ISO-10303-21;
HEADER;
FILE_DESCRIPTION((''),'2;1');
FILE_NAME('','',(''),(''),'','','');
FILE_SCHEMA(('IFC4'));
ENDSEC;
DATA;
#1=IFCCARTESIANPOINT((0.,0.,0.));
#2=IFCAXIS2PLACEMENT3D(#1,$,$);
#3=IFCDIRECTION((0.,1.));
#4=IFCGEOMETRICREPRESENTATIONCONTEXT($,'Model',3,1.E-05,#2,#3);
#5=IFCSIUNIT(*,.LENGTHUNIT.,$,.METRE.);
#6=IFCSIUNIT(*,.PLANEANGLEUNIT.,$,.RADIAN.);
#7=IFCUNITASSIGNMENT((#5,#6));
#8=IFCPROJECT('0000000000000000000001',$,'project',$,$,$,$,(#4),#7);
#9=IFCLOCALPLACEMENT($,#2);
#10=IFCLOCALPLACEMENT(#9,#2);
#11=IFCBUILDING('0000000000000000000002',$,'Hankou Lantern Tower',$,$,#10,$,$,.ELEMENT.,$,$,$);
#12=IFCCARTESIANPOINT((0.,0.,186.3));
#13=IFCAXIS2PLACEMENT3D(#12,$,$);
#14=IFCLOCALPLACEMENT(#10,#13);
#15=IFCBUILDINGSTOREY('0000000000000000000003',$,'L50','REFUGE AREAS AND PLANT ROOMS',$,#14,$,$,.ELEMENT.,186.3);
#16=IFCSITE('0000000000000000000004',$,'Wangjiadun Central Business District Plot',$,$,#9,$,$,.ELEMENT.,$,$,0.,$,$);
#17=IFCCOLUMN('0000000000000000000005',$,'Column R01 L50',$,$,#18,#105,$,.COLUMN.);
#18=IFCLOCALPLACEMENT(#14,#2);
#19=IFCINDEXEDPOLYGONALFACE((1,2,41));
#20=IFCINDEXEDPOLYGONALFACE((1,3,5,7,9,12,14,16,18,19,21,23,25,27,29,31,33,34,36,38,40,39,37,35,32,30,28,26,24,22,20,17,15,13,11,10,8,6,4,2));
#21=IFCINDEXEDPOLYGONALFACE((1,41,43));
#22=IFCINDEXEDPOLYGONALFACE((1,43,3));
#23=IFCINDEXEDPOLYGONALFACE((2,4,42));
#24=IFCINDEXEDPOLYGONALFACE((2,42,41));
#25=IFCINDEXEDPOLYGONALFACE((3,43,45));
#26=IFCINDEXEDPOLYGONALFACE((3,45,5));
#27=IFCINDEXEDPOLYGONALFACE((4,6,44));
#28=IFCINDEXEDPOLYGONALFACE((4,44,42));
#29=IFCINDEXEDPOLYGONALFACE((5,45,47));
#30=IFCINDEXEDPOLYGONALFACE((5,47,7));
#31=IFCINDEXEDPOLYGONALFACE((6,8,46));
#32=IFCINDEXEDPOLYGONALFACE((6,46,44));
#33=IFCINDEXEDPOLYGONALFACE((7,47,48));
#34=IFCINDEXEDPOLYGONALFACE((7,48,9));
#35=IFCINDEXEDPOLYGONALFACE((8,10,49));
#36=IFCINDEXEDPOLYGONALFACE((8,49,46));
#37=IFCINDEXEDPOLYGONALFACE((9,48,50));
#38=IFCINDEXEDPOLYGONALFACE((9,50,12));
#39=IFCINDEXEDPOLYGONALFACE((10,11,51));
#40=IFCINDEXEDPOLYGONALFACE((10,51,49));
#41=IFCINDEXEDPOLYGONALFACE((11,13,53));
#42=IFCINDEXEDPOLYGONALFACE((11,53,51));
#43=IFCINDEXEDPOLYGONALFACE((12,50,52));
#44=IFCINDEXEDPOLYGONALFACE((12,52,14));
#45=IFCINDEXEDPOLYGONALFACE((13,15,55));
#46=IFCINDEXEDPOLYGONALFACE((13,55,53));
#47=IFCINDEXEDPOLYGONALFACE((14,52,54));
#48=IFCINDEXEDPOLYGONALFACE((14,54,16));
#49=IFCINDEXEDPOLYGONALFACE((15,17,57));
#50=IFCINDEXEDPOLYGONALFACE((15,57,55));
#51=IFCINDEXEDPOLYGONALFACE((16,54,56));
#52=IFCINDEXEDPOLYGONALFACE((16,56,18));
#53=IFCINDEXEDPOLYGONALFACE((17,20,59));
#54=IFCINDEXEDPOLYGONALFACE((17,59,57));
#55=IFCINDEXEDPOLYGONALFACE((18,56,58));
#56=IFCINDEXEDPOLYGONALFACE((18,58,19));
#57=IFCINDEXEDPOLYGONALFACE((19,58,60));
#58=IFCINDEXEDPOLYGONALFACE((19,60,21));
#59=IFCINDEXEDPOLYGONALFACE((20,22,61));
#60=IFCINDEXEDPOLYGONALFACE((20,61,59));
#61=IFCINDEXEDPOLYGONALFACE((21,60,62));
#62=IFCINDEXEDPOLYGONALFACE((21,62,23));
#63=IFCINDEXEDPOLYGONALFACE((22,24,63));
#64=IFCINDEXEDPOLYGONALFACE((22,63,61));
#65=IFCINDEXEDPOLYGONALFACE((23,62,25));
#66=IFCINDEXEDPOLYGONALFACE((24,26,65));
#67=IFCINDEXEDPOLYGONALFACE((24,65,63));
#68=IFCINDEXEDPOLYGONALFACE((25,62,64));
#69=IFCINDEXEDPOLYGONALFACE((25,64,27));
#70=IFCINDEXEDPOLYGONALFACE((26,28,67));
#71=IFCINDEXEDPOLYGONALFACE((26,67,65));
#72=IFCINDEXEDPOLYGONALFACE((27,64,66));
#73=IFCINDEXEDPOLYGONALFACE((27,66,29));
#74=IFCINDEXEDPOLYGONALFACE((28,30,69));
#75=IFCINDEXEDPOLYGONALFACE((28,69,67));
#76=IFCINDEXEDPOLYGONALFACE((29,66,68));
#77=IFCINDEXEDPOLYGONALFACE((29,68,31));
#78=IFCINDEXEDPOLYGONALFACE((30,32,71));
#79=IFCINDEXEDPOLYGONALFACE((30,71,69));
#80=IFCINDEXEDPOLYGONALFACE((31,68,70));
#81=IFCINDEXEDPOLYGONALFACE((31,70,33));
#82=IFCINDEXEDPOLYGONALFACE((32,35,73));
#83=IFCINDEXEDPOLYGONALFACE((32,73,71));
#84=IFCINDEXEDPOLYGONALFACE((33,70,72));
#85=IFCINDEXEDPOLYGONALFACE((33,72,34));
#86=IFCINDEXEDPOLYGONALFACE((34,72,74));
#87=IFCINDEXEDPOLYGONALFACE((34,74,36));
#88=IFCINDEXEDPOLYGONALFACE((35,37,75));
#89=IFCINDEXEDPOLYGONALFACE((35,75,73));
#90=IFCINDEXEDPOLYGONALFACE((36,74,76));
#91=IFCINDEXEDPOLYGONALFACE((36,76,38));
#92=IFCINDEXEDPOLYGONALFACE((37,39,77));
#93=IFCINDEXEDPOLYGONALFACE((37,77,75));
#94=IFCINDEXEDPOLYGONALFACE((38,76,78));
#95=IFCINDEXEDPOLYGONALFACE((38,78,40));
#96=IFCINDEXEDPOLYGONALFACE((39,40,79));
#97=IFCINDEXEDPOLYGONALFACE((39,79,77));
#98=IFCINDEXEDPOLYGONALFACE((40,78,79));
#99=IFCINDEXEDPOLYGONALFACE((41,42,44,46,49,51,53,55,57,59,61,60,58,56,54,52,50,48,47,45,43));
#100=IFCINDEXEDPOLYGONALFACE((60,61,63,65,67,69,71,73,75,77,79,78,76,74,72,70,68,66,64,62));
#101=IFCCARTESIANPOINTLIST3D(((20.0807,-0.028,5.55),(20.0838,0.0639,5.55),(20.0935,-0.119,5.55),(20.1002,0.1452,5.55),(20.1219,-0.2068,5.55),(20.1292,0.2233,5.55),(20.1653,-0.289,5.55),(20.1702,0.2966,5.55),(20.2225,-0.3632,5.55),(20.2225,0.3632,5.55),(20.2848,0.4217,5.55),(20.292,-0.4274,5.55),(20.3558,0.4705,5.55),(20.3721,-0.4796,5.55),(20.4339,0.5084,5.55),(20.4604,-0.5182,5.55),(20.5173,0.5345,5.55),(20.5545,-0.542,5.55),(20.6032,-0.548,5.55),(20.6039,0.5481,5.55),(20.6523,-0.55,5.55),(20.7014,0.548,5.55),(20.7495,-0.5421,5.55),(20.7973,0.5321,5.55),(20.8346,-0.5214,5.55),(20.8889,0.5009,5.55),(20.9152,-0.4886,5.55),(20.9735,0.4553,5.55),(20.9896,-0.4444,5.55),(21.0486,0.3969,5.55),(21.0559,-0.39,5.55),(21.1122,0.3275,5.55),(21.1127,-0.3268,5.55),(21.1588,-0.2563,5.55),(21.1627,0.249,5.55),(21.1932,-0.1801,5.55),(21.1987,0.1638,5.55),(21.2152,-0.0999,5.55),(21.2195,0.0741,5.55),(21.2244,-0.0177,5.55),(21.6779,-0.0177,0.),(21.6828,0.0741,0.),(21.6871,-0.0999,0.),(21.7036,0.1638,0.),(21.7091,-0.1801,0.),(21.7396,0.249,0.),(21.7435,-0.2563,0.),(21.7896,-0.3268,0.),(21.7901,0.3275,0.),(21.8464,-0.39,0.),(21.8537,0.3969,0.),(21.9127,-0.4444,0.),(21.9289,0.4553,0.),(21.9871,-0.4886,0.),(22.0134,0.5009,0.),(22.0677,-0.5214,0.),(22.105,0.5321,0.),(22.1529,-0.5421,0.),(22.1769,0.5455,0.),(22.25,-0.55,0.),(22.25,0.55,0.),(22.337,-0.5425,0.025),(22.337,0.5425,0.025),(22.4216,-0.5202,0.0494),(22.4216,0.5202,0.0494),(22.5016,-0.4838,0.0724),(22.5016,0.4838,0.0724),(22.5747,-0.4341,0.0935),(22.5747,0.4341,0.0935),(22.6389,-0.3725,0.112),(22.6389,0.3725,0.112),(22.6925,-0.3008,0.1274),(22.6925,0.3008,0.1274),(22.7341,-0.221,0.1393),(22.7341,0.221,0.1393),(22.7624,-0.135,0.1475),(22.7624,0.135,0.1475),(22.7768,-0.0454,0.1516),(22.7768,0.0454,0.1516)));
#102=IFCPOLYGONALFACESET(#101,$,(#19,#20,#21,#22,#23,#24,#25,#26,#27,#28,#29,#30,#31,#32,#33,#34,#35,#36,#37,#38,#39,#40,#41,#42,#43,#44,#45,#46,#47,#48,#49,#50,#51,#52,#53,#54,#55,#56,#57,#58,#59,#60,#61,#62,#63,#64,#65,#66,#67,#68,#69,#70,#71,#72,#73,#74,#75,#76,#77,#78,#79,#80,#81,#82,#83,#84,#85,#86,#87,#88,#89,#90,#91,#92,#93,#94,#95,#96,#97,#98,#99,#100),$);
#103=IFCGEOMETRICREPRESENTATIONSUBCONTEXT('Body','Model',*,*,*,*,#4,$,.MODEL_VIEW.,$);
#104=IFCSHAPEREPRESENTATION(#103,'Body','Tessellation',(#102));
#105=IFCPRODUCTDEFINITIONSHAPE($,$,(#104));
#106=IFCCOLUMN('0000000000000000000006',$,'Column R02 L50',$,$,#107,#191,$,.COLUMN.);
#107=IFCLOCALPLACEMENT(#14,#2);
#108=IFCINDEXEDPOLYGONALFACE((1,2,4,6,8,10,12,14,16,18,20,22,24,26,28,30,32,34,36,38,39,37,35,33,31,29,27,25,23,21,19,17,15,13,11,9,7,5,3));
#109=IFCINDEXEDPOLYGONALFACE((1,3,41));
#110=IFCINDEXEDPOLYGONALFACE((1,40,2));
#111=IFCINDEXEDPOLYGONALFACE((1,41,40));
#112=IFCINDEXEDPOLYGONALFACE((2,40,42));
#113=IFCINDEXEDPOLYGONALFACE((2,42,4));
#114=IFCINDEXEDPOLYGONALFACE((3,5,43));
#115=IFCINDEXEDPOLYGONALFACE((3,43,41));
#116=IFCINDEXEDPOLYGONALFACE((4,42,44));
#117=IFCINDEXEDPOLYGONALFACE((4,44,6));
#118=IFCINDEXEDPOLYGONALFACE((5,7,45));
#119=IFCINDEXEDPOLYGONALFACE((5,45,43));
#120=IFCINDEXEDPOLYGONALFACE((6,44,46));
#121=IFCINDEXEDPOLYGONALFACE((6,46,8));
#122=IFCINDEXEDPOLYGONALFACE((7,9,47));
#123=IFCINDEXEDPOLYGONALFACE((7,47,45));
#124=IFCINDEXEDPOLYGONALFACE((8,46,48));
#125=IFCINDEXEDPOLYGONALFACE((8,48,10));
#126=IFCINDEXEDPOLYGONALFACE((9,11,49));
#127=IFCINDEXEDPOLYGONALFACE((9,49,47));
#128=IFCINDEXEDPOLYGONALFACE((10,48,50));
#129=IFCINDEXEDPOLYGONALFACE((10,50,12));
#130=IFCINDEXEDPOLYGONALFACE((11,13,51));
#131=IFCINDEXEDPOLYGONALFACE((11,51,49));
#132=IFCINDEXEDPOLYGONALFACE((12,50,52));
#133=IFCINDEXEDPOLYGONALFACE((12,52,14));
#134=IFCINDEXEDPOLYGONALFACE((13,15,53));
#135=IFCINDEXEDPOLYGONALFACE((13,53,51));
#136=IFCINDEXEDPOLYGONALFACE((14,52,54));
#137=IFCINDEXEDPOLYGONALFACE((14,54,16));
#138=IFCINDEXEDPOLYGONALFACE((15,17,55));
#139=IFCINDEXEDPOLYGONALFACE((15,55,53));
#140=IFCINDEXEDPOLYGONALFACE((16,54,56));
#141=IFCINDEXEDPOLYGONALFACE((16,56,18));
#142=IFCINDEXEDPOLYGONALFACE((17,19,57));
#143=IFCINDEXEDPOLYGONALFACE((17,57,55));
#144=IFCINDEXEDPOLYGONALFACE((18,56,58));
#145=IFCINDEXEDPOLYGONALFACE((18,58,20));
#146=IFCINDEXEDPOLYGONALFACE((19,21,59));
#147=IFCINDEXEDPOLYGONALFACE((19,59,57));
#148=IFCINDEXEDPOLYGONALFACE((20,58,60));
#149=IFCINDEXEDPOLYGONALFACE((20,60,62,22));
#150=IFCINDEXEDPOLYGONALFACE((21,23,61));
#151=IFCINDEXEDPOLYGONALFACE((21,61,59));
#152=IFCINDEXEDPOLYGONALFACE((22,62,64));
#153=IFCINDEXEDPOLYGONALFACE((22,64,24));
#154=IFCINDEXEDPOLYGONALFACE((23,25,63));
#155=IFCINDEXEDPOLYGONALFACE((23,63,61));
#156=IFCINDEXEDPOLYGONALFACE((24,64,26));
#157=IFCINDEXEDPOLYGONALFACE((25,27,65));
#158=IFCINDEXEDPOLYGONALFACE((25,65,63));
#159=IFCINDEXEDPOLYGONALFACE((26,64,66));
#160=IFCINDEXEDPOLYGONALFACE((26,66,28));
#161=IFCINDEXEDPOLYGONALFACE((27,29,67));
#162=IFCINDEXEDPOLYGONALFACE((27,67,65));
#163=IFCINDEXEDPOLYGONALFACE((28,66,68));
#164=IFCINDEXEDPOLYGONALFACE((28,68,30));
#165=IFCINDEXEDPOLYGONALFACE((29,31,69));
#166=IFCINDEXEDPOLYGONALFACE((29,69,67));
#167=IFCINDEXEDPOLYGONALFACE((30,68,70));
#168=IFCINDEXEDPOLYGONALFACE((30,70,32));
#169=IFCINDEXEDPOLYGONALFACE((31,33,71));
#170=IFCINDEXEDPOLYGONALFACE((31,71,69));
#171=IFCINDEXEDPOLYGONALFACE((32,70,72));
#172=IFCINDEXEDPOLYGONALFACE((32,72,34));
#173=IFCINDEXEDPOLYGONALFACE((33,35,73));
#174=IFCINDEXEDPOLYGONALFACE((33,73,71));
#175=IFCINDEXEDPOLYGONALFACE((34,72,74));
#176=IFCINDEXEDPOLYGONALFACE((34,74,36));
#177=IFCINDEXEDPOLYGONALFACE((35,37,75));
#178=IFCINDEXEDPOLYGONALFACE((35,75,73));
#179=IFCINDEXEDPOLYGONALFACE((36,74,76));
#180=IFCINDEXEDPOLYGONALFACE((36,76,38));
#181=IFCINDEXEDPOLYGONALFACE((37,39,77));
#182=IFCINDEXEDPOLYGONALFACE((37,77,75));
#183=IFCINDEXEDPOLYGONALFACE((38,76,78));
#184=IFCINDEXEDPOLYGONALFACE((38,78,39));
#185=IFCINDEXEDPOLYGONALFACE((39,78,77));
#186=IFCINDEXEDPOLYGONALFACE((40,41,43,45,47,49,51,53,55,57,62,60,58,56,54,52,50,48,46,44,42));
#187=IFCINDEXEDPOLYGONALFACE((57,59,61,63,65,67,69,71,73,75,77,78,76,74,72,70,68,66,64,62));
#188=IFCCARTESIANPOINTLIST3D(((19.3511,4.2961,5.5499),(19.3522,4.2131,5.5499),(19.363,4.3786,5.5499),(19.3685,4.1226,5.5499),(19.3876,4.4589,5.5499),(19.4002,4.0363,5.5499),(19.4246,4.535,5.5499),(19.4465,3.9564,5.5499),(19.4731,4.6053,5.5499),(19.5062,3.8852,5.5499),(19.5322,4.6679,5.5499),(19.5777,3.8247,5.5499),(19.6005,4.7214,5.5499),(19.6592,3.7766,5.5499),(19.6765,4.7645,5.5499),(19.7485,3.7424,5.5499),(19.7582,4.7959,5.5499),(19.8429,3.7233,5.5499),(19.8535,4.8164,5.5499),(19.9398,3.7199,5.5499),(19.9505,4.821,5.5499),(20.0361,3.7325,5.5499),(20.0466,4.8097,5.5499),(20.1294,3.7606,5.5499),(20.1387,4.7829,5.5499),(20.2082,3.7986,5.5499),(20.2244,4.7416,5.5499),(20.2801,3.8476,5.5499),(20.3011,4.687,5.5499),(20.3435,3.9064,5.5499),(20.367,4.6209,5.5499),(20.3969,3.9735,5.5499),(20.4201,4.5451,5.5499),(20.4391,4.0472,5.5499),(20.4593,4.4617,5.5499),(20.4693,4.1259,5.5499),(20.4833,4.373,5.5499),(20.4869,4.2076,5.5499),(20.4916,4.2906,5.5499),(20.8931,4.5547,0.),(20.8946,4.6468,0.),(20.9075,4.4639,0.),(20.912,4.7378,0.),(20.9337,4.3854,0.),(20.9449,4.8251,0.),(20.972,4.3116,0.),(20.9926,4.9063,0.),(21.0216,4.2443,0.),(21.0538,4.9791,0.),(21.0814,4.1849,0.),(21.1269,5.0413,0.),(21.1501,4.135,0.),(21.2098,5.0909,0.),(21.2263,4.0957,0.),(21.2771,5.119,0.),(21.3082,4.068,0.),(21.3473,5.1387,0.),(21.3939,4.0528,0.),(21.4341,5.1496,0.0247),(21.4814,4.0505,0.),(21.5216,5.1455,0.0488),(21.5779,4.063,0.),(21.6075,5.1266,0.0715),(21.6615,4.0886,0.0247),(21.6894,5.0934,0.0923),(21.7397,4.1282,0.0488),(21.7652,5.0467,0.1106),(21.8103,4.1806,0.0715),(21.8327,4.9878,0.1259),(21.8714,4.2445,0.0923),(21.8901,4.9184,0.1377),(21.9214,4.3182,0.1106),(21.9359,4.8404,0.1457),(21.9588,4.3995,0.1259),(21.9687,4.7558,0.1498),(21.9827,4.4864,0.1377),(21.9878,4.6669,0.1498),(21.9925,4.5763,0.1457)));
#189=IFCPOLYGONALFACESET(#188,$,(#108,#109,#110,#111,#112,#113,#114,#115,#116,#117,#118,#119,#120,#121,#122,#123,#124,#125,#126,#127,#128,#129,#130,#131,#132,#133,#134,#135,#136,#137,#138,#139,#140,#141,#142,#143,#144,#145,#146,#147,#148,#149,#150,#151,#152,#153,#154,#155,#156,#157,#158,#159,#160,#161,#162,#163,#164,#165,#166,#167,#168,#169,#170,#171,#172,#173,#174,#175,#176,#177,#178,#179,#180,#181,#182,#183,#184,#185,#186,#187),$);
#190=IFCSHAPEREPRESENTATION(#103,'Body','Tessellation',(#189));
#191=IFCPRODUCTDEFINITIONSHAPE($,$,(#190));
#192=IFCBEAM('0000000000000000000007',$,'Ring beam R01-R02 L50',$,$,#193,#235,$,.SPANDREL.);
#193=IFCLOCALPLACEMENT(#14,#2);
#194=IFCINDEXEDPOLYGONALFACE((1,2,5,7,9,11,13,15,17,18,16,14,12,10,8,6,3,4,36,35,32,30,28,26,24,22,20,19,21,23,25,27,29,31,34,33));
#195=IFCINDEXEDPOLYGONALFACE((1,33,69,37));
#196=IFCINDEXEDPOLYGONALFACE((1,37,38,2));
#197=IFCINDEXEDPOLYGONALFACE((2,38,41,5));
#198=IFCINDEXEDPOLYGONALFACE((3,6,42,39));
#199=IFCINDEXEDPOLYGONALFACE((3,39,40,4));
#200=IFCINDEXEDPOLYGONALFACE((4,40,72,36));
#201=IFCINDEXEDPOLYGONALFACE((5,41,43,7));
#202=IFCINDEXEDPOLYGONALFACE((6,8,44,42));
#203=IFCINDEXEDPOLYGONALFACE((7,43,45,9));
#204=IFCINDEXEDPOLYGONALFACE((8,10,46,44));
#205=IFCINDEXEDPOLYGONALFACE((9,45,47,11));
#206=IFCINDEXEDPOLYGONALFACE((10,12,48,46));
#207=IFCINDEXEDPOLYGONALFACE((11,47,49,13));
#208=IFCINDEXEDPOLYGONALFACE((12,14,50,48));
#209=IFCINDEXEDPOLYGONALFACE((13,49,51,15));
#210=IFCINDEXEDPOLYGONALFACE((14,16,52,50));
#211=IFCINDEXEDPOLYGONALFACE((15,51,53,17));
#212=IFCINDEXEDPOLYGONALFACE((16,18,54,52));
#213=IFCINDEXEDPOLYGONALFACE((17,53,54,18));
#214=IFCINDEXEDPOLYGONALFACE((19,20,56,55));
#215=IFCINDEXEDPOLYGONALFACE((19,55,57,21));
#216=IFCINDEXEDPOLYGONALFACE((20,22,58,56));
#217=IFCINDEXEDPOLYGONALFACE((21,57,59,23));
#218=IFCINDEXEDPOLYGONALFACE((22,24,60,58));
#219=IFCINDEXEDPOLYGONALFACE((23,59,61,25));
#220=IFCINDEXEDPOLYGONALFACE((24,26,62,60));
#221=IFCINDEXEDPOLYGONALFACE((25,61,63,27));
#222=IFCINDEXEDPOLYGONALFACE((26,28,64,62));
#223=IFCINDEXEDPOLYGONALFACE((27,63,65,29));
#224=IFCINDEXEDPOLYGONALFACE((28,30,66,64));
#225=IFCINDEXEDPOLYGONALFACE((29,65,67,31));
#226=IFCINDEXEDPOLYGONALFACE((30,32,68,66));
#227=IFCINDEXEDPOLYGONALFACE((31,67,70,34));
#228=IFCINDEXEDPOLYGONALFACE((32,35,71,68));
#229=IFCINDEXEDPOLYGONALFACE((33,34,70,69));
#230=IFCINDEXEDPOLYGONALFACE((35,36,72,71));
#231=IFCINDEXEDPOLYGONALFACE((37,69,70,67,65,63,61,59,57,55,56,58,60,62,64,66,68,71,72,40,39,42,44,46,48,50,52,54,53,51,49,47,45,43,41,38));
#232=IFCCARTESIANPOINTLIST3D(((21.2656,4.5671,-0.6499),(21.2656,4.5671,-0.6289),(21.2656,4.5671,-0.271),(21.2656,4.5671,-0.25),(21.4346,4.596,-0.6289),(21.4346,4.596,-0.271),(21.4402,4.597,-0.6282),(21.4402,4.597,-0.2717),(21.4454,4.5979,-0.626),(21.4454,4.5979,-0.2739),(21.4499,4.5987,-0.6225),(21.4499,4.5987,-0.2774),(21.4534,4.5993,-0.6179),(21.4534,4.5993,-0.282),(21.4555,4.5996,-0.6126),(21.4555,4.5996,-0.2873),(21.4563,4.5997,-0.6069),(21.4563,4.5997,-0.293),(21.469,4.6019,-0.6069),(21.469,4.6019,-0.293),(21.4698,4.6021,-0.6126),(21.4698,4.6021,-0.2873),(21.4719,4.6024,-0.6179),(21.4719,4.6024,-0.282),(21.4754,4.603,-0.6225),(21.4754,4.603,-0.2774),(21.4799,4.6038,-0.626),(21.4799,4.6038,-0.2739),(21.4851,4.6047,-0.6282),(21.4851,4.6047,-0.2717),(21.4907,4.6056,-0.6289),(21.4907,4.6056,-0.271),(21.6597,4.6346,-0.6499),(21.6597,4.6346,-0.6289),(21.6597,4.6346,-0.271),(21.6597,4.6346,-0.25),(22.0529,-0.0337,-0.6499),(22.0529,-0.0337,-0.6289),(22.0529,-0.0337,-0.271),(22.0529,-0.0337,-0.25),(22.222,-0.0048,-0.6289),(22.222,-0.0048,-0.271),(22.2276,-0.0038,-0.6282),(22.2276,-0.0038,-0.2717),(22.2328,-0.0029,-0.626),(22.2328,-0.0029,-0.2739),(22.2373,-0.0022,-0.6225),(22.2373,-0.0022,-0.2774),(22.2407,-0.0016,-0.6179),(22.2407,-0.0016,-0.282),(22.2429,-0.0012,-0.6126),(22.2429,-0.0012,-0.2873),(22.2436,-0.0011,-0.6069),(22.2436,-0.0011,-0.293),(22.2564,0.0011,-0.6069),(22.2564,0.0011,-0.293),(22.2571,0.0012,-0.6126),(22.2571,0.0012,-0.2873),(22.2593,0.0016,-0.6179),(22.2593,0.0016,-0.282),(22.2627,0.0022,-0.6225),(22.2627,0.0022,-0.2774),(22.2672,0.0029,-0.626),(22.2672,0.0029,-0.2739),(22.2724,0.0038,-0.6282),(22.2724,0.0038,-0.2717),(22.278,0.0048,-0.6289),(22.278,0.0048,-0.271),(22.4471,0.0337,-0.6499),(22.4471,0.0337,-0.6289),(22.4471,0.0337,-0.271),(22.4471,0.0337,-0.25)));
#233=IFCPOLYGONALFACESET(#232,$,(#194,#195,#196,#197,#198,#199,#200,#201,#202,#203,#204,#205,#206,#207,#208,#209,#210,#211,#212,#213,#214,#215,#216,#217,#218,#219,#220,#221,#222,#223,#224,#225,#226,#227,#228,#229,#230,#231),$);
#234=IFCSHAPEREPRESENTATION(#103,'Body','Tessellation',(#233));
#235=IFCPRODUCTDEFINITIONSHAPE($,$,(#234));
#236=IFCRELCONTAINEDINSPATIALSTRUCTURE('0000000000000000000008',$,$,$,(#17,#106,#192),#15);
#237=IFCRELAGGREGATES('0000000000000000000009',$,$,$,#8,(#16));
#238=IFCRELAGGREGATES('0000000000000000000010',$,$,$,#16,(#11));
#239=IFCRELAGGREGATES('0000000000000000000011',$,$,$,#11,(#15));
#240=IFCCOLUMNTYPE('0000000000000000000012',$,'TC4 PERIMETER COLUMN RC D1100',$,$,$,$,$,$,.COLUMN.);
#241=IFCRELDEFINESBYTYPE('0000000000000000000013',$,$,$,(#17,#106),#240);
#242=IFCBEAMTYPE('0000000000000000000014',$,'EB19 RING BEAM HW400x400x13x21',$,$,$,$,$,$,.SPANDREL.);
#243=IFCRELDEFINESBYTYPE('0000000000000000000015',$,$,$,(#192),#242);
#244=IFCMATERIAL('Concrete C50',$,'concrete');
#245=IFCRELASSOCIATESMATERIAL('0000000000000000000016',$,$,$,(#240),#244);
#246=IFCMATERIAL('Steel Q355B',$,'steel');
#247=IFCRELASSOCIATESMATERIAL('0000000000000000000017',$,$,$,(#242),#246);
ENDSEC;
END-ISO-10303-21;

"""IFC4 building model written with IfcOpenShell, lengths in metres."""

from ifc_helpers import new_model, si_unit, direction, frame, origin, origin_2d, place, context, subcontext, project, spatial, circle, i_section, extrude, clip, halfspace, material, material_profile, profile_set, type_object, element, save


model = new_model("IFC4")

# Units and contexts
model_context = context("Model", 3, precision=1e-05, world=origin(), true_north=direction((0.0, 1.0)))
body_context = subcontext(model_context, "Body", "Model", "MODEL_VIEW")
ifc_project = project(units=[si_unit("LENGTHUNIT", "METRE"), si_unit("PLANEANGLEUNIT", "RADIAN")], contexts=[model_context])

# Site, building, storey
site_placement = place(None, origin())
site = spatial("IfcSite", under=ifc_project, at=site_placement, Name="Wangjiadun Central Business District Plot", CompositionType="ELEMENT", RefElevation=0.0)
building_placement = place(site_placement, origin())
building = spatial("IfcBuilding", under=site, at=building_placement, Name="Hankou Lantern Tower", CompositionType="ELEMENT")
storey_placement = place(building_placement, frame((0.0, 0.0, 186.3)))
storey = spatial("IfcBuildingStorey", under=building, at=storey_placement, Name="L50", Description="REFUGE AREAS AND PLANT ROOMS", CompositionType="ELEMENT", Elevation=186.3)

# Columns
ifc_material_1 = material(Name="Concrete C50", Category="concrete")
ifc_material_profile_1 = material_profile(ifc_material_1, circle(Radius=0.55, at=origin_2d()), Name="RC D1100")
ifc_profile_set_1 = profile_set([ifc_material_profile_1], Name="Concrete C50")
column_type = type_object("IfcColumnType", Name="TC4 PERIMETER COLUMN RC D1100", PredefinedType="COLUMN", material=ifc_profile_set_1)
column_1_placement = place(storey_placement, frame((22.25, 0.0, 0.0), z_axis=(-0.276636, 0.0, 0.960975), x_axis=(0.0, -1.0, 0.0)))
element("IfcColumn", 1, at=column_1_placement, inside=storey, type_object=column_type, Name="Column R01 L50", PredefinedType="COLUMN", context=body_context, shape_type="Clipping", body=[
    clip(clip(extrude(circle(Radius=0.55, at=origin_2d()), origin(), (0.0, 0.0, 1.0), 6.8679), halfspace(frame((0.0, 0.0, 0.0), z_axis=(0.0, -0.276636, -0.960975), x_axis=(0.0, 0.960975, -0.276636)), False)), halfspace(frame((0.0, 0.0, 5.7754), z_axis=(0.0, 0.276636, 0.960975), x_axis=(0.0, 0.960975, -0.276636)), False)),
])
column_2_placement = place(storey_placement, frame((21.4626, 4.6008, 0.0), z_axis=(-0.267232, -0.057289, 0.961928), x_axis=(0.209618, -0.977783, 0.0)))
element("IfcColumn", 2, at=column_2_placement, inside=storey, type_object=column_type, Name="Column R02 L50", PredefinedType="COLUMN", context=body_context, shape_type="Clipping", body=[
    clip(clip(extrude(circle(Radius=0.55, at=origin_2d()), origin(), (0.0, 0.0, 1.0), 6.8611), halfspace(frame((0.0, 0.0, 0.0), z_axis=(0.0, -0.273304, -0.961928), x_axis=(0.209618, 0.940557, -0.267232)), False)), halfspace(frame((0.0, 0.0, 5.7695), z_axis=(0.0, 0.273304, 0.961928), x_axis=(0.209618, 0.940557, -0.267232)), False)),
])

# Beam
ifc_material_2 = material(Name="Steel Q355B", Category="steel")
ifc_material_profile_2 = material_profile(ifc_material_2, i_section(OverallWidth=0.3999, OverallDepth=0.3999, WebThickness=0.0129, FlangeThickness=0.021, FilletRadius=0.022, at=origin_2d()), Name="HW400x400x13x21")
ifc_profile_set_2 = profile_set([ifc_material_profile_2], Name="Steel Q355B")
beam_type_1 = type_object("IfcBeamType", Name="EB19 RING BEAM HW400x400x13x21", PredefinedType="SPANDREL", material=ifc_profile_set_2)
beam_1_placement = place(storey_placement, frame((22.25, 0.0, -0.45), z_axis=(-0.168681, 0.985671, 0.0), x_axis=(-0.985671, -0.168681, 0.0)))
element("IfcBeam", 3, at=beam_1_placement, inside=storey, type_object=beam_type_1, Name="Ring beam R01-R02 L50", PredefinedType="SPANDREL", context=body_context, shape_type="SweptSolid", body=[
    extrude(i_section(OverallWidth=0.3999, OverallDepth=0.3999, WebThickness=0.0129, FlangeThickness=0.021, FilletRadius=0.022, at=origin_2d()), origin(), (0.0, 0.0, 1.0), 4.6677),
])

save(model, "model.ifc")
